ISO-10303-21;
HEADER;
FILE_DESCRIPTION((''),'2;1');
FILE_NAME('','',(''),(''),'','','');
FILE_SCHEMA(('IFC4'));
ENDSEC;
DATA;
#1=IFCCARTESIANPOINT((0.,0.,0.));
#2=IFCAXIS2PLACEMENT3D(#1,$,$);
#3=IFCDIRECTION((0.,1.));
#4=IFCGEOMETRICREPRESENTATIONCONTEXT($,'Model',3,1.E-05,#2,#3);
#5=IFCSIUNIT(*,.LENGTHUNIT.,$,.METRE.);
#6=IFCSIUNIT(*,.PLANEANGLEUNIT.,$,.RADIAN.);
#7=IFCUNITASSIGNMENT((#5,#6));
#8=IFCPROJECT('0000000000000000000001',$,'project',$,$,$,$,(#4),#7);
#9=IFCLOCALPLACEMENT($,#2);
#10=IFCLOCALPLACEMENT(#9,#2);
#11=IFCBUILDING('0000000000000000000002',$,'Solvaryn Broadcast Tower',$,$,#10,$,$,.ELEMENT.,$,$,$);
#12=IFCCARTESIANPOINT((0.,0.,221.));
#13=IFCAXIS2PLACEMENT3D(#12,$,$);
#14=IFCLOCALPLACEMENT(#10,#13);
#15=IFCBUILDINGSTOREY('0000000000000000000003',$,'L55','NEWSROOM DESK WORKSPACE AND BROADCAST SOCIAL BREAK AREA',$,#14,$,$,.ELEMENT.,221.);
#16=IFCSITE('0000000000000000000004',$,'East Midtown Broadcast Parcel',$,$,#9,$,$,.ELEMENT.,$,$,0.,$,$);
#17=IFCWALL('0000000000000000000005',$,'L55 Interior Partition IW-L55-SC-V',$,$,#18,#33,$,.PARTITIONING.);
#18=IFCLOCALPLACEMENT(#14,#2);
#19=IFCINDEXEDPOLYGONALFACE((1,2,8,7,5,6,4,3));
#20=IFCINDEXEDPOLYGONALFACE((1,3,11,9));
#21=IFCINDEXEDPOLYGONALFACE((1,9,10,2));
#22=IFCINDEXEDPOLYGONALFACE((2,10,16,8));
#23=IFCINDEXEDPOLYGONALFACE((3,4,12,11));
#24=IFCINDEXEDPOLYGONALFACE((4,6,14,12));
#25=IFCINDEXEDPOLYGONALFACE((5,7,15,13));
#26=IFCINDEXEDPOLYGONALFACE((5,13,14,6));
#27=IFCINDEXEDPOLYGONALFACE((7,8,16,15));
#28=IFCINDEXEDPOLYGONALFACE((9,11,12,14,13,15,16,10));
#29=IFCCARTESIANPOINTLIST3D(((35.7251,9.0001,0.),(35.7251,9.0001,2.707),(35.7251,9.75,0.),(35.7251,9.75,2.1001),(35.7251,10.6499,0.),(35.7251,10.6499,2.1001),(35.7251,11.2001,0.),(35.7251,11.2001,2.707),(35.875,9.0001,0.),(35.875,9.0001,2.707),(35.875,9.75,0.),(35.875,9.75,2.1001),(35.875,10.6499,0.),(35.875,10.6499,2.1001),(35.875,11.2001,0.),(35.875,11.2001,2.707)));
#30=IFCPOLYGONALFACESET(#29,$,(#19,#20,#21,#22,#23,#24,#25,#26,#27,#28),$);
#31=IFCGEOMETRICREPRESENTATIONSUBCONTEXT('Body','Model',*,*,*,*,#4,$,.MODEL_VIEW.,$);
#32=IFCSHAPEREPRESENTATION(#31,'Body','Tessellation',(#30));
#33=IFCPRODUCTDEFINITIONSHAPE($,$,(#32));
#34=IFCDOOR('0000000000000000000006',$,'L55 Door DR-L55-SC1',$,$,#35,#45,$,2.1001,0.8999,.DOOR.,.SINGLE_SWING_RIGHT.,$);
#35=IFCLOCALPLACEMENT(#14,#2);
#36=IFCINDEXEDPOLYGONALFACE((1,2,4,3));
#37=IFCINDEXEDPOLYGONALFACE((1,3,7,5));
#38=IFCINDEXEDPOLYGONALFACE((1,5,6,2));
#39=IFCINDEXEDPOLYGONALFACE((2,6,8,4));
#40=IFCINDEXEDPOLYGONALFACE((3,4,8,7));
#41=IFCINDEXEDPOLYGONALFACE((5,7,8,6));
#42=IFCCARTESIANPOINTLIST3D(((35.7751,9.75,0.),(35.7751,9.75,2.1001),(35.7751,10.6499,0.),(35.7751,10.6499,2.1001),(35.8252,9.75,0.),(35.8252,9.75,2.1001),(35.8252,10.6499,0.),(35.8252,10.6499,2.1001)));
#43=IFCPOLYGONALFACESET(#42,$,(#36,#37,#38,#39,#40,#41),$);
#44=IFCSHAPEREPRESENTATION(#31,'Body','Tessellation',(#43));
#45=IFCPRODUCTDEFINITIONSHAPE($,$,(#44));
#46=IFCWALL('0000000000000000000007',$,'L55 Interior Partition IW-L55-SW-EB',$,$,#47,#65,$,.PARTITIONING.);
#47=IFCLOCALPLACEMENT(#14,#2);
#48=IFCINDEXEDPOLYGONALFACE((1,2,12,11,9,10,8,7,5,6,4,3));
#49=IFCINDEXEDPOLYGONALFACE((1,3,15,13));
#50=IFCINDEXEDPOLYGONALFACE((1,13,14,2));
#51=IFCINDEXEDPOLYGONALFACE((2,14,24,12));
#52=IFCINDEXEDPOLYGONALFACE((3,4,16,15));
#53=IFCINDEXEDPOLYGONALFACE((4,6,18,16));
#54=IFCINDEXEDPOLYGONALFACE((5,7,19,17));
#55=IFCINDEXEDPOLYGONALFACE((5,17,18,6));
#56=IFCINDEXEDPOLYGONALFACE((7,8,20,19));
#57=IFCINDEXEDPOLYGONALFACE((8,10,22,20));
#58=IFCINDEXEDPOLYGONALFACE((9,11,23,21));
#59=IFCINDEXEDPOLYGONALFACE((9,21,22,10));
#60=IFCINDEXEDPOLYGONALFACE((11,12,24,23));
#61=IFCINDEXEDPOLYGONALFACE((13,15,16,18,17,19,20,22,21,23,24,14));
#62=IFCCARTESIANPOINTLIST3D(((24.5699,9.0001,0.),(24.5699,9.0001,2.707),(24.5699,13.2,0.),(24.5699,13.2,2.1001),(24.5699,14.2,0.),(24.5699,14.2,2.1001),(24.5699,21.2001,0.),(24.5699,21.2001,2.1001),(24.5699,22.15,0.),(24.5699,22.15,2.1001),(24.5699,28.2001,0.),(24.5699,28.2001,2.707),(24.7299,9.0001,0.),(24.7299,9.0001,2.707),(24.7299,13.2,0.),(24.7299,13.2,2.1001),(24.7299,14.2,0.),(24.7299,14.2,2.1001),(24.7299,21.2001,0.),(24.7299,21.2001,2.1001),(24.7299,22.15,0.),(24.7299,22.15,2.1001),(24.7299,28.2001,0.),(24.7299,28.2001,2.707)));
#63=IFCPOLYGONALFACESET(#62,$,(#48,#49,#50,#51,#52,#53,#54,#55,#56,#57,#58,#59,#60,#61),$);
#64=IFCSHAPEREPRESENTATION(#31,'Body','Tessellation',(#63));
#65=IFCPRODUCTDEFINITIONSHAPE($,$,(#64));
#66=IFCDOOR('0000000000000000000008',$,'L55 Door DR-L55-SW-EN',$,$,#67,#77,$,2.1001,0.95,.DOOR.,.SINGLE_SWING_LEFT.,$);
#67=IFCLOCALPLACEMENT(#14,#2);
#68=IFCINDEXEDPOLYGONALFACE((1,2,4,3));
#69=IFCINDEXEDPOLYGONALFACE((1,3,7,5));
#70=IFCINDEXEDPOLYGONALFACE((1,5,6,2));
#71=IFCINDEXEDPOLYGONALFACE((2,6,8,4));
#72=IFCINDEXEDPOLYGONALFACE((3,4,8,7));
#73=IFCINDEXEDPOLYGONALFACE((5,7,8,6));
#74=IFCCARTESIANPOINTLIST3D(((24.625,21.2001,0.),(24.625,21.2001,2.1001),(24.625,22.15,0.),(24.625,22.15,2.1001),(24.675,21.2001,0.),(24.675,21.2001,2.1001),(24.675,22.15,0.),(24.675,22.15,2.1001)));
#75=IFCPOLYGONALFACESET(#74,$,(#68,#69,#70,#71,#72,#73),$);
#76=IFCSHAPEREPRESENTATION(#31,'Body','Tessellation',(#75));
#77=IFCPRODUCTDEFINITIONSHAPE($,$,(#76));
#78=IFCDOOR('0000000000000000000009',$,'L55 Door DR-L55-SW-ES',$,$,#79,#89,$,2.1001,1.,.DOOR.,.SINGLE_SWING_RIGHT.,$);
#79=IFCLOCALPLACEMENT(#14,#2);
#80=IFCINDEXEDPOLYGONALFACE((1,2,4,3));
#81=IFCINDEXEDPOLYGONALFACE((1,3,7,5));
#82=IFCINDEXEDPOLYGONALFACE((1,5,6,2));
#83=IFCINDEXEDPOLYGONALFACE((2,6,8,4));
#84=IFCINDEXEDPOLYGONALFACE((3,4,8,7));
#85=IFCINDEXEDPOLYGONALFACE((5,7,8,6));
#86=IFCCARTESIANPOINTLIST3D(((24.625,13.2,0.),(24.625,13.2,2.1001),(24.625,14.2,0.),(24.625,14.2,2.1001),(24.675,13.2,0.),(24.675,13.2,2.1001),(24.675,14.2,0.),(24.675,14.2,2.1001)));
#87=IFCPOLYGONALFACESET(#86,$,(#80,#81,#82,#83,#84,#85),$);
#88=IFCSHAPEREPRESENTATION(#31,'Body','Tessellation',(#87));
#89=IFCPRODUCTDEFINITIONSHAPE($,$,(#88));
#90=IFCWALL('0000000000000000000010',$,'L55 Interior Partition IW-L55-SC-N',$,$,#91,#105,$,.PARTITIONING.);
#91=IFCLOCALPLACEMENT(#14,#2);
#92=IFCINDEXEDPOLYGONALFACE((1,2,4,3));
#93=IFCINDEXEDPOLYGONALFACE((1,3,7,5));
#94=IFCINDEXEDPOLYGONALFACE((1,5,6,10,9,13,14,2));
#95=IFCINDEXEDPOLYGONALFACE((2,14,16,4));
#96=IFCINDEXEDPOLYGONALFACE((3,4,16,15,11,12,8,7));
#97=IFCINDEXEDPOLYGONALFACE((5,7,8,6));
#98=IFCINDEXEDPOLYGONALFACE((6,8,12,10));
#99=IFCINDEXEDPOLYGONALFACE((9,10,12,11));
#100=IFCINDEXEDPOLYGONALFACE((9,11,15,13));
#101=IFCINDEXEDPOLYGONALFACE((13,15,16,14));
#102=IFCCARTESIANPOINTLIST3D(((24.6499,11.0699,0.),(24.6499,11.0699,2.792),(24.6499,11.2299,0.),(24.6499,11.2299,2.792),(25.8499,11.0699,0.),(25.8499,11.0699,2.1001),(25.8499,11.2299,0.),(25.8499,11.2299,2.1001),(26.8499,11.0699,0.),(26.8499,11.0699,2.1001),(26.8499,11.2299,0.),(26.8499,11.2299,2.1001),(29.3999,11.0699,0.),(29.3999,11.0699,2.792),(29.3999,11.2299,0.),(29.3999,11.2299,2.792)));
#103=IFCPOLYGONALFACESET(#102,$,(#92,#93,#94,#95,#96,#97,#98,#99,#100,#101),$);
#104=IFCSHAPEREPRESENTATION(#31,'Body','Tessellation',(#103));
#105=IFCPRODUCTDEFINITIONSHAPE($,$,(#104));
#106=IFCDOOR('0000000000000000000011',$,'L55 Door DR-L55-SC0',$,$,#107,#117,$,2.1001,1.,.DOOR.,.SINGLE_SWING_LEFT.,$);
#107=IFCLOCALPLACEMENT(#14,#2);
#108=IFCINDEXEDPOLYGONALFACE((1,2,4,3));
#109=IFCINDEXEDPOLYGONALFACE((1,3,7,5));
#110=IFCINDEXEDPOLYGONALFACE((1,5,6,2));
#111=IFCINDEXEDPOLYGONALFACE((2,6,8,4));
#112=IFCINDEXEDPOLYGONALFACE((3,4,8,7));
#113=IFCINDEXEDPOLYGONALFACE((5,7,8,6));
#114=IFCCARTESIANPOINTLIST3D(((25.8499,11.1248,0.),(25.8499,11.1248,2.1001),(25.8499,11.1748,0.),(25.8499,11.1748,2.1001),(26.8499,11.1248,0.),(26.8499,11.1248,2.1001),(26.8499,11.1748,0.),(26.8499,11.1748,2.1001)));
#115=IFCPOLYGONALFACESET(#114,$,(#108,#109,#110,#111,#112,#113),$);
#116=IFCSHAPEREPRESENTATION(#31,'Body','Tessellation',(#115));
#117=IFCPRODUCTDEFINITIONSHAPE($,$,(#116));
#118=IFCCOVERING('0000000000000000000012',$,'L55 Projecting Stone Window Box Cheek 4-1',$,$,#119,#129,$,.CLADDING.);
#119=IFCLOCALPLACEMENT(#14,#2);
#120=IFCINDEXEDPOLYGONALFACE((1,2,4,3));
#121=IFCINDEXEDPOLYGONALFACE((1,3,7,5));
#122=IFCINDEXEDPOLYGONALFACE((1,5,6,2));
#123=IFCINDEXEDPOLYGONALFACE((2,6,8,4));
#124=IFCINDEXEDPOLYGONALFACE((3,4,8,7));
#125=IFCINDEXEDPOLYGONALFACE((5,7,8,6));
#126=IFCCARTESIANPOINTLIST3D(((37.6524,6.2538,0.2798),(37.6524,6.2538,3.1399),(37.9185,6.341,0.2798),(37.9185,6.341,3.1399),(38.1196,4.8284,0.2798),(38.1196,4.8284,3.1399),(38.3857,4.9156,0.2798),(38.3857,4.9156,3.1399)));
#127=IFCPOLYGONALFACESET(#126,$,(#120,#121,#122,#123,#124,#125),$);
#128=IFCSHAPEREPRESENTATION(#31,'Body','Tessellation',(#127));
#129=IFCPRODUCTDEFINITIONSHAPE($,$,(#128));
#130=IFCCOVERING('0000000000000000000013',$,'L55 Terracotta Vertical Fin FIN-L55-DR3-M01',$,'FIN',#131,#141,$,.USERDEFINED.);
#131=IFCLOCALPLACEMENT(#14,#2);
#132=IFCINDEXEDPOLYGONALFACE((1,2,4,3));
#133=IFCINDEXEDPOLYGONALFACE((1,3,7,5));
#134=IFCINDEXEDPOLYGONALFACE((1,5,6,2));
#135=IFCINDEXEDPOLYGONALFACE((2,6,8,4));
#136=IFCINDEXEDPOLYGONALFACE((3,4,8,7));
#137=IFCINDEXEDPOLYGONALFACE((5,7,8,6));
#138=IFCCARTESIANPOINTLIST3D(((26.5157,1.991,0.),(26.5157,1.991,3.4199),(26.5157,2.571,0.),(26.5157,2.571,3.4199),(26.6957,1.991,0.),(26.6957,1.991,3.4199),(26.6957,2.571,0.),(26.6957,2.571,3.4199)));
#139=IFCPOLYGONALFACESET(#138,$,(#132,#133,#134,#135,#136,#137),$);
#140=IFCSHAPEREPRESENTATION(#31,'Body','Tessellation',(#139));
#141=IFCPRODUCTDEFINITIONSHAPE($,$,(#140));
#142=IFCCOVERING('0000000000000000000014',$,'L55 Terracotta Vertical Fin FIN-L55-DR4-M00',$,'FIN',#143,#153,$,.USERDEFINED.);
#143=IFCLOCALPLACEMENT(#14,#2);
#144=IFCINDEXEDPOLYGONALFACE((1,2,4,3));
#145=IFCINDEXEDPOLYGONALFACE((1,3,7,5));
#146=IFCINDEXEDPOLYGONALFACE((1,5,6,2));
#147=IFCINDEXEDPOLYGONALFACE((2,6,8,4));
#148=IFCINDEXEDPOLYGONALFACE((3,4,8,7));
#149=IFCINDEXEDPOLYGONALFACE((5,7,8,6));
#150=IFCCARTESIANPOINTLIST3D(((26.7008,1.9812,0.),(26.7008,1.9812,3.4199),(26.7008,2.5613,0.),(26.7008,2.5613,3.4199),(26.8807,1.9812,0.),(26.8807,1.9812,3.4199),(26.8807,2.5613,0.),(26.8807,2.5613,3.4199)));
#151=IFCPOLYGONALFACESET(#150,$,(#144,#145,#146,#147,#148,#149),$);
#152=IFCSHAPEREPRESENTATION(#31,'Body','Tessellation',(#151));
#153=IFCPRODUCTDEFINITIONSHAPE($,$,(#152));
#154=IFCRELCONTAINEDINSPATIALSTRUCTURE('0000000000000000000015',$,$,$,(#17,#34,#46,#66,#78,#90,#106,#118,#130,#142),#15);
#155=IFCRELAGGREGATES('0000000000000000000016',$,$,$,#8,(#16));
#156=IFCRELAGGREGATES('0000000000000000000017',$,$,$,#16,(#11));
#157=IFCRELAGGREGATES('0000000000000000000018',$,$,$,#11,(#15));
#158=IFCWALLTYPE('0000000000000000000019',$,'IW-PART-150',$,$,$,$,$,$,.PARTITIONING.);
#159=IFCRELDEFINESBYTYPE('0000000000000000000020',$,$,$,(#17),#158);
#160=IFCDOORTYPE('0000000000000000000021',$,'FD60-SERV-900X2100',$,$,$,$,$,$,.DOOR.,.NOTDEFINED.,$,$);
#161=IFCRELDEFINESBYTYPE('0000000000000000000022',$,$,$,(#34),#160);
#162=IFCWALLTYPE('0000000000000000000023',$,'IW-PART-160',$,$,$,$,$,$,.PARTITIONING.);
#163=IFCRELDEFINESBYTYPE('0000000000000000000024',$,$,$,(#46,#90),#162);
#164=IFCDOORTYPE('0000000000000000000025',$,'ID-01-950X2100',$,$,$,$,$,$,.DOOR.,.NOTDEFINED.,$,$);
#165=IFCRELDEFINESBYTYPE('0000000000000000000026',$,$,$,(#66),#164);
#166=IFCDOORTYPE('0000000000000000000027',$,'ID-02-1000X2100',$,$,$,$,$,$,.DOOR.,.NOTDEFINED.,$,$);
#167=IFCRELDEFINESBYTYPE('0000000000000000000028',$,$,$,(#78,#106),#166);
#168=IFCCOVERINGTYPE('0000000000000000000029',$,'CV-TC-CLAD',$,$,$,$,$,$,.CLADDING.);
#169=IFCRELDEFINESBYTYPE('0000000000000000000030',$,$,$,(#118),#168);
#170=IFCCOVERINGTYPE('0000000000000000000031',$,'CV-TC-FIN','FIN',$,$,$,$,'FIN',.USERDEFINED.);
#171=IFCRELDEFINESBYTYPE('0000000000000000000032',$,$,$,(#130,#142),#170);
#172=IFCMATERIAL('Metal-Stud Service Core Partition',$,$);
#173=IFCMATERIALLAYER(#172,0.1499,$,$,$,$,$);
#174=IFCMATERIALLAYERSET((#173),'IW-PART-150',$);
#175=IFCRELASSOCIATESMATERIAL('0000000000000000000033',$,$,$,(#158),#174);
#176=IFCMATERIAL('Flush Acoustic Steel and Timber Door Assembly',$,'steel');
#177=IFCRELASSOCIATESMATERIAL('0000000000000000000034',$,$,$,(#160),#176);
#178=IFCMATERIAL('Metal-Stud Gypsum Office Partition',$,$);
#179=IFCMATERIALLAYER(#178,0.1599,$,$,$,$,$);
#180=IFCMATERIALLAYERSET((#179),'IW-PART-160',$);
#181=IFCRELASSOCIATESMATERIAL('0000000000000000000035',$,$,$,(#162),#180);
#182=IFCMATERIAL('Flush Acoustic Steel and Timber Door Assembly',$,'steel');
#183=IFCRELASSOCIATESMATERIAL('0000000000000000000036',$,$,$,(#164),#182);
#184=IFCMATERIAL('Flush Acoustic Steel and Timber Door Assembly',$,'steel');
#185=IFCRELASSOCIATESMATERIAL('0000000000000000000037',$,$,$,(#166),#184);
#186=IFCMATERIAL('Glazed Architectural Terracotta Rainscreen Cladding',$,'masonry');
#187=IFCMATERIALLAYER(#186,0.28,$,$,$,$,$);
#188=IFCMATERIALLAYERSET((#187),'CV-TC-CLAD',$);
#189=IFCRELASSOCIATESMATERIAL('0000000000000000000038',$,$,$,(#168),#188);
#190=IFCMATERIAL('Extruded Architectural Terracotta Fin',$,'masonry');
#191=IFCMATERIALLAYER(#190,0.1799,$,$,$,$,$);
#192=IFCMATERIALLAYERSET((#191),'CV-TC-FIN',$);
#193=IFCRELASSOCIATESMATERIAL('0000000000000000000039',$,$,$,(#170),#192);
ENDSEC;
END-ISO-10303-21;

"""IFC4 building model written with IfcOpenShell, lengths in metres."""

from ifc_helpers import new_model, si_unit, direction, frame, frame_2d, origin, origin_2d, place, context, subcontext, project, spatial, rectangle, extrude, material, layer, layer_set, type_object, element, fill, save


model = new_model("IFC4")

# Units and contexts
model_context = context("Model", 3, precision=1e-05, world=origin(), true_north=direction((0.0, 1.0)))
body_context = subcontext(model_context, "Body", "Model", "MODEL_VIEW")
ifc_project = project(units=[si_unit("LENGTHUNIT", "METRE"), si_unit("PLANEANGLEUNIT", "RADIAN")], contexts=[model_context])

# Site, building, storey
site_placement = place(None, origin())
site = spatial("IfcSite", under=ifc_project, at=site_placement, Name="East Midtown Broadcast Parcel", CompositionType="ELEMENT", RefElevation=0.0)
building_placement = place(site_placement, origin())
building = spatial("IfcBuilding", under=site, at=building_placement, Name="Solvaryn Broadcast Tower", CompositionType="ELEMENT")
storey_placement = place(building_placement, frame((0.0, 0.0, 221.0)))
storey = spatial("IfcBuildingStorey", under=building, at=storey_placement, Name="L55", Description="NEWSROOM DESK WORKSPACE AND BROADCAST SOCIAL BREAK AREA", CompositionType="ELEMENT", Elevation=221.0)

# Wall, opening, door
ifc_material_1 = material(Name="Metal-Stud Service Core Partition")
ifc_layer_1 = layer(ifc_material_1, 0.1499)
ifc_layer_set_1 = layer_set([ifc_layer_1], Name="IW-PART-150")
wall_type_1 = type_object("IfcWallType", Name="IW-PART-150", PredefinedType="PARTITIONING", material=ifc_layer_set_1)
wall_1_placement = place(storey_placement, frame((35.8, 9.0, 0.0), z_axis=(0.0, 0.0, 1.0), x_axis=(0.0, 1.0, 0.0)))
wall_1 = element("IfcWall", 1, at=wall_1_placement, inside=storey, type_object=wall_type_1, Name="L55 Interior Partition IW-L55-SC-V", PredefinedType="PARTITIONING", context=body_context, shape_type="SweptSolid", body=[
    extrude(rectangle(XDim=2.2, YDim=0.1499, at=frame_2d((1.1001, 0.0))), origin(), (0.0, 0.0, 1.0), 2.707),
])
opening_1_placement = place(wall_1_placement, frame((0.75, 0.0, 0.0)))
opening_1 = element("IfcOpeningElement", 2, at=opening_1_placement, cuts=wall_1, PredefinedType="OPENING", context=body_context, shape_type="SweptSolid", body=[
    extrude(rectangle(XDim=0.8999, YDim=2.1001, at=frame_2d((0.45, 1.05))), frame((0.0, 0.085, 0.0), z_axis=(0.0, -1.0, 0.0), x_axis=(1.0, 0.0, 0.0)), (0.0, 0.0, 1.0), 0.1699),
])
ifc_material_2 = material(Name="Flush Acoustic Steel and Timber Door Assembly", Category="steel")
door_type_1 = type_object("IfcDoorType", Name="FD60-SERV-900X2100", OperationType="NOTDEFINED", PredefinedType="DOOR", material=ifc_material_2)
door_1_placement = place(opening_1_placement, origin())
door_1 = element("IfcDoor", 3, at=door_1_placement, inside=storey, type_object=door_type_1, Name="L55 Door DR-L55-SC1", OperationType="SINGLE_SWING_RIGHT", OverallHeight=2.1001, OverallWidth=0.8999, PredefinedType="DOOR", context=body_context, shape_type="SweptSolid", body=[
    extrude(rectangle(XDim=0.8999, YDim=2.1001, at=frame_2d((0.45, 1.05))), frame((0.0, 0.0249, 0.0), z_axis=(0.0, -1.0, 0.0), x_axis=(1.0, 0.0, 0.0)), (0.0, 0.0, 1.0), 0.05),
])
fill(opening_1, door_1)

# Wall, openings, doors
ifc_material_3 = material(Name="Metal-Stud Gypsum Office Partition")
ifc_layer_2 = layer(ifc_material_3, 0.1599)
ifc_layer_set_2 = layer_set([ifc_layer_2], Name="IW-PART-160")
wall_type_2 = type_object("IfcWallType", Name="IW-PART-160", PredefinedType="PARTITIONING", material=ifc_layer_set_2)
wall_2_placement = place(storey_placement, frame((24.6499, 9.0, 0.0), z_axis=(0.0, 0.0, 1.0), x_axis=(0.0, 1.0, 0.0)))
wall_2 = element("IfcWall", 4, at=wall_2_placement, inside=storey, type_object=wall_type_2, Name="L55 Interior Partition IW-L55-SW-EB", PredefinedType="PARTITIONING", context=body_context, shape_type="SweptSolid", body=[
    extrude(rectangle(XDim=19.2, YDim=0.1599, at=frame_2d((9.6001, 0.0))), origin(), (0.0, 0.0, 1.0), 2.707),
])
opening_2_placement = place(wall_2_placement, frame((12.2, 0.0, 0.0)))
opening_2 = element("IfcOpeningElement", 5, at=opening_2_placement, cuts=wall_2, PredefinedType="OPENING", context=body_context, shape_type="SweptSolid", body=[
    extrude(rectangle(XDim=0.95, YDim=2.1001, at=frame_2d((0.4751, 1.05))), frame((0.0, 0.0901, 0.0), z_axis=(0.0, -1.0, 0.0), x_axis=(1.0, 0.0, 0.0)), (0.0, 0.0, 1.0), 0.1799),
])
opening_3_placement = place(wall_2_placement, frame((4.2, 0.0, 0.0)))
opening_3 = element("IfcOpeningElement", 6, at=opening_3_placement, cuts=wall_2, PredefinedType="OPENING", context=body_context, shape_type="SweptSolid", body=[
    extrude(rectangle(XDim=1.0, YDim=2.1001, at=frame_2d((0.5, 1.05))), frame((0.0, 0.0901, 0.0), z_axis=(0.0, -1.0, 0.0), x_axis=(1.0, 0.0, 0.0)), (0.0, 0.0, 1.0), 0.1799),
])
ifc_material_4 = material(Name="Flush Acoustic Steel and Timber Door Assembly", Category="steel")
door_type_2 = type_object("IfcDoorType", Name="ID-01-950X2100", OperationType="NOTDEFINED", PredefinedType="DOOR", material=ifc_material_4)
door_2_placement = place(opening_2_placement, origin())
door_2 = element("IfcDoor", 7, at=door_2_placement, inside=storey, type_object=door_type_2, Name="L55 Door DR-L55-SW-EN", OperationType="SINGLE_SWING_LEFT", OverallHeight=2.1001, OverallWidth=0.95, PredefinedType="DOOR", context=body_context, shape_type="SweptSolid", body=[
    extrude(rectangle(XDim=0.95, YDim=2.1001, at=frame_2d((0.4751, 1.05))), frame((0.0, 0.0249, 0.0), z_axis=(0.0, -1.0, 0.0), x_axis=(1.0, 0.0, 0.0)), (0.0, 0.0, 1.0), 0.05),
])
fill(opening_2, door_2)
ifc_material_5 = material(Name="Flush Acoustic Steel and Timber Door Assembly", Category="steel")
door_type_3 = type_object("IfcDoorType", Name="ID-02-1000X2100", OperationType="NOTDEFINED", PredefinedType="DOOR", material=ifc_material_5)
door_3_placement = place(opening_3_placement, origin())
door_3 = element("IfcDoor", 8, at=door_3_placement, inside=storey, type_object=door_type_3, Name="L55 Door DR-L55-SW-ES", OperationType="SINGLE_SWING_RIGHT", OverallHeight=2.1001, OverallWidth=1.0, PredefinedType="DOOR", context=body_context, shape_type="SweptSolid", body=[
    extrude(rectangle(XDim=1.0, YDim=2.1001, at=frame_2d((0.5, 1.05))), frame((0.0, 0.0249, 0.0), z_axis=(0.0, -1.0, 0.0), x_axis=(1.0, 0.0, 0.0)), (0.0, 0.0, 1.0), 0.05),
])
fill(opening_3, door_3)

# Wall, opening, door
wall_3_placement = place(storey_placement, frame((24.6499, 11.1499, 0.0), z_axis=(0.0, 0.0, 1.0), x_axis=(1.0, 0.0, 0.0)))
wall_3 = element("IfcWall", 9, at=wall_3_placement, inside=storey, type_object=wall_type_2, Name="L55 Interior Partition IW-L55-SC-N", PredefinedType="PARTITIONING", context=body_context, shape_type="SweptSolid", body=[
    extrude(rectangle(XDim=4.75, YDim=0.1599, at=frame_2d((2.375, 0.0))), origin(), (0.0, 0.0, 1.0), 2.792),
])
opening_4_placement = place(wall_3_placement, frame((1.2, 0.0, 0.0)))
opening_4 = element("IfcOpeningElement", 10, at=opening_4_placement, cuts=wall_3, PredefinedType="OPENING", context=body_context, shape_type="SweptSolid", body=[
    extrude(rectangle(XDim=1.0, YDim=2.1001, at=frame_2d((0.5, 1.05))), frame((0.0, 0.0901, 0.0), z_axis=(0.0, -1.0, 0.0), x_axis=(1.0, 0.0, 0.0)), (0.0, 0.0, 1.0), 0.1799),
])
door_4_placement = place(opening_4_placement, origin())
door_4 = element("IfcDoor", 11, at=door_4_placement, inside=storey, type_object=door_type_3, Name="L55 Door DR-L55-SC0", OperationType="SINGLE_SWING_LEFT", OverallHeight=2.1001, OverallWidth=1.0, PredefinedType="DOOR", context=body_context, shape_type="SweptSolid", body=[
    extrude(rectangle(XDim=1.0, YDim=2.1001, at=frame_2d((0.5, 1.05))), frame((0.0, 0.0249, 0.0), z_axis=(0.0, -1.0, 0.0), x_axis=(1.0, 0.0, 0.0)), (0.0, 0.0, 1.0), 0.05),
])
fill(opening_4, door_4)

# Coverings
ifc_material_6 = material(Name="Glazed Architectural Terracotta Rainscreen Cladding", Category="masonry")
ifc_layer_3 = layer(ifc_material_6, 0.28)
ifc_layer_set_3 = layer_set([ifc_layer_3], Name="CV-TC-CLAD")
covering_type_1 = type_object("IfcCoveringType", Name="CV-TC-CLAD", PredefinedType="CLADDING", material=ifc_layer_set_3)
covering_placement = place(storey_placement, frame((38.019, 5.5847, 0.2798), z_axis=(0.0, 0.0, 1.0), x_axis=(0.950244, 0.311506, 0.0)))
element("IfcCovering", 12, at=covering_placement, inside=storey, type_object=covering_type_1, Name="L55 Projecting Stone Window Box Cheek 4-1", PredefinedType="CLADDING", context=body_context, shape_type="SweptSolid", body=[
    extrude(rectangle(XDim=0.28, YDim=1.5, at=origin_2d()), origin(), (0.0, 0.0, 1.0), 2.8601),
])
ifc_material_7 = material(Name="Extruded Architectural Terracotta Fin", Category="masonry")
ifc_layer_4 = layer(ifc_material_7, 0.1799)
ifc_layer_set_4 = layer_set([ifc_layer_4], Name="CV-TC-FIN")
covering_type_2 = type_object("IfcCoveringType", Name="CV-TC-FIN", Description="FIN", ElementType="FIN", PredefinedType="USERDEFINED", material=ifc_layer_set_4)
for number, where, z_axis, x_axis, name in (
    (13, (26.6057, 2.281, 0.0), (0.0, 0.0, 1.0), (1.0, 0.0, 0.0), "L55 Terracotta Vertical Fin FIN-L55-DR3-M01"),
    (14, (26.7908, 2.2712, 0.0), (0.0, 0.0, 1.0), (1.0, 0.0, 0.0), "L55 Terracotta Vertical Fin FIN-L55-DR4-M00"),
):
    element("IfcCovering", number, at=place(storey_placement, frame(where, z_axis=z_axis, x_axis=x_axis)), inside=storey, type_object=covering_type_2, Name=name, ObjectType="FIN", PredefinedType="USERDEFINED", context=body_context, shape_type="SweptSolid", body=[
        extrude(rectangle(XDim=0.1799, YDim=0.5801, at=origin_2d()), origin(), (0.0, 0.0, 1.0), 3.4199),
    ])

save(model, "model.ifc")
